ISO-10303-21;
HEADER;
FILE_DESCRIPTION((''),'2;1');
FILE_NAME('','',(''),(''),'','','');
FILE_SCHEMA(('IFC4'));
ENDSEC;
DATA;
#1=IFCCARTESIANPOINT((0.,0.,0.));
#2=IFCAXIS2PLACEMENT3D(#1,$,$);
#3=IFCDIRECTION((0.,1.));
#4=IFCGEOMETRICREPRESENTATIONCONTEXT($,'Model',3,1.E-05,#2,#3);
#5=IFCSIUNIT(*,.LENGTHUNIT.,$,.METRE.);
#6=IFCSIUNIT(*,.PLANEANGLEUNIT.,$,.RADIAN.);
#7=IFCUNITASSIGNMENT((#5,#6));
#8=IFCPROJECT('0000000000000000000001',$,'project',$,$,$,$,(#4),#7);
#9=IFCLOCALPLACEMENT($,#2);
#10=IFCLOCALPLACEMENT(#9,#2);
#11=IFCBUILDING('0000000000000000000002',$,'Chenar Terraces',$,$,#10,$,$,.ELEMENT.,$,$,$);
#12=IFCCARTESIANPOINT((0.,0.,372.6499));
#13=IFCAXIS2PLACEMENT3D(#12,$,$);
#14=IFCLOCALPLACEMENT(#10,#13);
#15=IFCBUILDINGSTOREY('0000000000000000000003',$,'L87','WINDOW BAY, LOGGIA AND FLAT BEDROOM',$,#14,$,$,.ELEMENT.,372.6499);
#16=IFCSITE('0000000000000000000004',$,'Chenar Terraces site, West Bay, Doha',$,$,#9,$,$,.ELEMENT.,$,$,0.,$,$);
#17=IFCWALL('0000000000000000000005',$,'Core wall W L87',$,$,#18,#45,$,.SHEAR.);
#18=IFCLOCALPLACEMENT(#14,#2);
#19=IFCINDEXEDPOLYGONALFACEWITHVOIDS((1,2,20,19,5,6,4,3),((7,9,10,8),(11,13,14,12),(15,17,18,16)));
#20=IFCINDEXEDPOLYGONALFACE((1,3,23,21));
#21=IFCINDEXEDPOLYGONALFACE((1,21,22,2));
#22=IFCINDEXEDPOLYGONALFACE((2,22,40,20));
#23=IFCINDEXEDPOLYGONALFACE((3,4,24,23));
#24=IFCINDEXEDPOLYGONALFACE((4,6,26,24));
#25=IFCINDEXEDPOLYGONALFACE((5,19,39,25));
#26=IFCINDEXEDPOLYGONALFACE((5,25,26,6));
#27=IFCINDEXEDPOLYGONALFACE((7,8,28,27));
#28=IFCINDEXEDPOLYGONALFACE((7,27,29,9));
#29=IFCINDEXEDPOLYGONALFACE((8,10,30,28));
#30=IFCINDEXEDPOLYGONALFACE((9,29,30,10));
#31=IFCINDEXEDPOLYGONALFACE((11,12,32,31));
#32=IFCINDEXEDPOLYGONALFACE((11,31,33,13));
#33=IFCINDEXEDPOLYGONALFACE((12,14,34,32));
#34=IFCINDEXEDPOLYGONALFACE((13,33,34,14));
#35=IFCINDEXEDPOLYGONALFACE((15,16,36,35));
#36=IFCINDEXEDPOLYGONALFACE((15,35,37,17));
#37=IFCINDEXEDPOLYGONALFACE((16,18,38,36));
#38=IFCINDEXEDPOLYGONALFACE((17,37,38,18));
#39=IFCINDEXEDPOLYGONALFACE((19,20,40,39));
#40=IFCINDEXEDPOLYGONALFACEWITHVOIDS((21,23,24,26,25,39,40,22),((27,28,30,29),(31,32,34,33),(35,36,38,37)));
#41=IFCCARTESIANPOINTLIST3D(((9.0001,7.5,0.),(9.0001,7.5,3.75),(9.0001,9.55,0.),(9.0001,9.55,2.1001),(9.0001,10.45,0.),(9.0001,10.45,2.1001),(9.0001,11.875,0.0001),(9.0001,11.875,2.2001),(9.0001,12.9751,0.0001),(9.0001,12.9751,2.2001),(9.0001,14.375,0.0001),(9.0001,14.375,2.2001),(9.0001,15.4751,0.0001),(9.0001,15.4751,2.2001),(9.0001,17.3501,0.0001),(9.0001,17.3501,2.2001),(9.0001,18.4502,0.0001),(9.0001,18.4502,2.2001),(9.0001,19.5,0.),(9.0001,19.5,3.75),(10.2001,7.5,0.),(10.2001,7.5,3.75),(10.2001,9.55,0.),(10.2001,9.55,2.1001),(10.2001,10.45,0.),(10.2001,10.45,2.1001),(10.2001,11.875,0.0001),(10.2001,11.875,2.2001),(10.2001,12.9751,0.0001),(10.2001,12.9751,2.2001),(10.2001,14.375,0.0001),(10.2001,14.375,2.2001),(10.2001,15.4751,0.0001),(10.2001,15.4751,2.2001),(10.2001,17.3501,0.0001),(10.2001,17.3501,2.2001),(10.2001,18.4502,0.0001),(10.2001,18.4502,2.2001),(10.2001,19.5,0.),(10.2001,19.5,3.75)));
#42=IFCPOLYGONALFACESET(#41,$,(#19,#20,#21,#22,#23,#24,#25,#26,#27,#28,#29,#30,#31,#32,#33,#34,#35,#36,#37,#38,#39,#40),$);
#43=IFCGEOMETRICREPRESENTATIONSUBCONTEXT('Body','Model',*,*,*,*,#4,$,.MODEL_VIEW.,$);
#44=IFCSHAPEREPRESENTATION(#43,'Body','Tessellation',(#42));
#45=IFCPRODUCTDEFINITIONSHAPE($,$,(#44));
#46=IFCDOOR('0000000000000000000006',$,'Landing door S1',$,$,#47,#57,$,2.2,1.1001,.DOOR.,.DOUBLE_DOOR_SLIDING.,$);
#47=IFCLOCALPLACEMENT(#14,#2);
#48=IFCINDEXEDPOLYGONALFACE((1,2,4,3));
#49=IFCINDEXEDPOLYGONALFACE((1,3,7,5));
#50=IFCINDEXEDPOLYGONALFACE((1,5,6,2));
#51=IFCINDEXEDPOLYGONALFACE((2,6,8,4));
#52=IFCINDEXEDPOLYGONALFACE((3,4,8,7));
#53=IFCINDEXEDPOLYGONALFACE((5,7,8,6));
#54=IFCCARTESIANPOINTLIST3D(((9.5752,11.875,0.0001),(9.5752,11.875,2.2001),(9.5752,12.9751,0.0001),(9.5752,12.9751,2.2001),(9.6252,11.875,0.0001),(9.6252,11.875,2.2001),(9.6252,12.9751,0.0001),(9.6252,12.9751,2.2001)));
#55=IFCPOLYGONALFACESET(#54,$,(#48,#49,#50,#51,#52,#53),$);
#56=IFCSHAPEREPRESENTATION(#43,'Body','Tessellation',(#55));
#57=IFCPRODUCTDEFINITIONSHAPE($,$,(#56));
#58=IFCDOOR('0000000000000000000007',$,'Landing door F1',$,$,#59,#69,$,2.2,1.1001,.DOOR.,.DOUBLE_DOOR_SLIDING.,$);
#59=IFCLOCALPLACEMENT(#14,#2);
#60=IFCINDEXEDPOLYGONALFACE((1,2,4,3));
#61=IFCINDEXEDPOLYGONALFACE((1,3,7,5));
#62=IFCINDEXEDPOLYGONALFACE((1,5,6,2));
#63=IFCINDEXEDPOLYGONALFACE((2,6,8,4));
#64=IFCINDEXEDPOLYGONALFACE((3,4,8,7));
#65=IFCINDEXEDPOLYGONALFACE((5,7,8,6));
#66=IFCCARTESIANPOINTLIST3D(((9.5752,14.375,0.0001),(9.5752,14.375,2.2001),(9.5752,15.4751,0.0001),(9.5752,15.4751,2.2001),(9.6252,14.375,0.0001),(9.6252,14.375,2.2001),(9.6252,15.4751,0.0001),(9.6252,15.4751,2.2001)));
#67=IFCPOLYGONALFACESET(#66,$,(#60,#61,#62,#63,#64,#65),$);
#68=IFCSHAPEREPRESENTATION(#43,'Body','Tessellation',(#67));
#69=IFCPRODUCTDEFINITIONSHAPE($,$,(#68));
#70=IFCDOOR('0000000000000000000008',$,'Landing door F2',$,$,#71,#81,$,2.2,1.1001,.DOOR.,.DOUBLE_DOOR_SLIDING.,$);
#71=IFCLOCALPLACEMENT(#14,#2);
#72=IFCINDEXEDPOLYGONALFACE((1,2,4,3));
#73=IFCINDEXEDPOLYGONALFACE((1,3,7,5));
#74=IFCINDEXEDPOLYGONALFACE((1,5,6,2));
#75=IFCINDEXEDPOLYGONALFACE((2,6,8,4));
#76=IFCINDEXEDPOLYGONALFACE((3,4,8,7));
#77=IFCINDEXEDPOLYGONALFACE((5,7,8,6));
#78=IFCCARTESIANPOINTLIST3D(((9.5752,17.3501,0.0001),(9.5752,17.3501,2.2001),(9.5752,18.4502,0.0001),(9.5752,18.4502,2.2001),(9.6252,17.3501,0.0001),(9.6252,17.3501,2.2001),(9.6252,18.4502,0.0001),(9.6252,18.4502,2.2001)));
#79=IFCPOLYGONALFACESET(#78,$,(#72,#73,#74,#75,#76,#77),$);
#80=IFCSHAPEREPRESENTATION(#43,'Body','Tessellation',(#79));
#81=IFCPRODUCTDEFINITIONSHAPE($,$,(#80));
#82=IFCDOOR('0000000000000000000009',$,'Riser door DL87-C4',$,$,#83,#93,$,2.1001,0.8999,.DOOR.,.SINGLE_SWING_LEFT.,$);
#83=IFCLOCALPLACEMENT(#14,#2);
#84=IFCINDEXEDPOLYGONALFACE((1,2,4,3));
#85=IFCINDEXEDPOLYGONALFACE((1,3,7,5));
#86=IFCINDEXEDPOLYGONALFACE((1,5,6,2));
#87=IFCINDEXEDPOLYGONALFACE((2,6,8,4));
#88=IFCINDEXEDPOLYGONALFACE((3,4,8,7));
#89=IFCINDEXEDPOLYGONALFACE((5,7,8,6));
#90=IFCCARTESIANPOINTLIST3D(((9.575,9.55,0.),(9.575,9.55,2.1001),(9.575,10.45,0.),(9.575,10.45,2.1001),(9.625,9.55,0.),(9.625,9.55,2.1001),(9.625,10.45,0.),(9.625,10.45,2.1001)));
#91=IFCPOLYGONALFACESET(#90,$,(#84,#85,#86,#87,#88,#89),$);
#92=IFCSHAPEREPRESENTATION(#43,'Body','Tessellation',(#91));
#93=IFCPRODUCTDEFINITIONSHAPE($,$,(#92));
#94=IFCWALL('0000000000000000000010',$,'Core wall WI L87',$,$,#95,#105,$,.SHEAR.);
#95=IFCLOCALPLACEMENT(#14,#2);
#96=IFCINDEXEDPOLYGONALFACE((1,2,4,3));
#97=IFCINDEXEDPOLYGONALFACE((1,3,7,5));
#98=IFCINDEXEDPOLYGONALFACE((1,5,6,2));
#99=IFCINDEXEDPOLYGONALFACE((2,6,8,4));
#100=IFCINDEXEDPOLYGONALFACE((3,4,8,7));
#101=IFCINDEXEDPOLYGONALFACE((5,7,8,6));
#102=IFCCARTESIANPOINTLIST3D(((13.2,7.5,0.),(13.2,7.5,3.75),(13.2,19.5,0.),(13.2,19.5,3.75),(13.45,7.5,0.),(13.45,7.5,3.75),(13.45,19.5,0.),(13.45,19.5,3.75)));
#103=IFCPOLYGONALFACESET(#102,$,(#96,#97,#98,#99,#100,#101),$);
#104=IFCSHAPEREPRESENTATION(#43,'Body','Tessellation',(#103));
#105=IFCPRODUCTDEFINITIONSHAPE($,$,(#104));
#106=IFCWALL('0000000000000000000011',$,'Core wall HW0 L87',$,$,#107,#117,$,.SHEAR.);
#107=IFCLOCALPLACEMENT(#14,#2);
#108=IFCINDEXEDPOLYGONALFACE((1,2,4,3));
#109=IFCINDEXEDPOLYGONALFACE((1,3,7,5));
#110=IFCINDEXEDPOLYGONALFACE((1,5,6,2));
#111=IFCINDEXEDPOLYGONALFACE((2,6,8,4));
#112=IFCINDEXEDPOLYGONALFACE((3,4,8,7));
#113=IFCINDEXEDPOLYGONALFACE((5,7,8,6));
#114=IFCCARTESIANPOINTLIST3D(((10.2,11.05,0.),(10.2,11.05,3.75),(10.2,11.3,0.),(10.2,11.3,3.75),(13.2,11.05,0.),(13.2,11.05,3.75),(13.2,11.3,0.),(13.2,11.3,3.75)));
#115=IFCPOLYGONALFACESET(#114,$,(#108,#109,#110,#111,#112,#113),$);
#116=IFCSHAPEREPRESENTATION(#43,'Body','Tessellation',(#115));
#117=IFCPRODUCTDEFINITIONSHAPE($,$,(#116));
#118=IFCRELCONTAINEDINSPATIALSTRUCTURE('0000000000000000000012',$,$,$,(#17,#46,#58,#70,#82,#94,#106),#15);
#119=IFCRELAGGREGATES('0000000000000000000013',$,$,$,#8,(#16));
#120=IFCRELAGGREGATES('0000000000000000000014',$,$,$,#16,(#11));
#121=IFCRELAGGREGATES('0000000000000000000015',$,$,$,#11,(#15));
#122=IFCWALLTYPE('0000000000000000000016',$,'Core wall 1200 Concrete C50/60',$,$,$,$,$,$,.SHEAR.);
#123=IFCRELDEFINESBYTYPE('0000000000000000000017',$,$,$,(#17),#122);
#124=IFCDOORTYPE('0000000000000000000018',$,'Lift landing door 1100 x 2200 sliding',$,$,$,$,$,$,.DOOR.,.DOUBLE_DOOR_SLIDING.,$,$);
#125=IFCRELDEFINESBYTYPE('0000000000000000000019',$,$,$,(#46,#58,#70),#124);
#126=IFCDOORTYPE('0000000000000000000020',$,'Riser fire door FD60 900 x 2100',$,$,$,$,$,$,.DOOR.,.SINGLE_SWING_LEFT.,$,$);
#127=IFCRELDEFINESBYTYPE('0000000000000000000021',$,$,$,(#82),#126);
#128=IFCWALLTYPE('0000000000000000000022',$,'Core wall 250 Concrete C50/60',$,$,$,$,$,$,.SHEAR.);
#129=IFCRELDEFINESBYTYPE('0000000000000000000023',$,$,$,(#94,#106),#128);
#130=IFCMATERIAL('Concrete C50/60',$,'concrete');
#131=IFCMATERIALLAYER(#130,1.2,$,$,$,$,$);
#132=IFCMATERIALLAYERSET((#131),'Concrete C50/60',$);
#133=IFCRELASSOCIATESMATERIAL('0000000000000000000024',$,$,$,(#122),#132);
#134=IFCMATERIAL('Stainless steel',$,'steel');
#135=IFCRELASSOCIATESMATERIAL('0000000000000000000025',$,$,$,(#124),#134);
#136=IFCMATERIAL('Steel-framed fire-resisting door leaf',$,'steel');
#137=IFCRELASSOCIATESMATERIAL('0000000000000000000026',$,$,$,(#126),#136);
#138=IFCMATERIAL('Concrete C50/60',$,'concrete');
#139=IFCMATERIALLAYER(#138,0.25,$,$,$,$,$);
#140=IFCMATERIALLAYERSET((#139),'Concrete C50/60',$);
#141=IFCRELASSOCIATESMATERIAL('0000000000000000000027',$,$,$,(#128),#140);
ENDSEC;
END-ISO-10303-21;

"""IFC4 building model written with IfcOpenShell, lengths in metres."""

from ifc_helpers import new_model, si_unit, direction, frame, frame_2d, origin, place, context, subcontext, project, spatial, rectangle, extrude, material, layer, layer_set, type_object, element, fill, save


model = new_model("IFC4")

# Units and contexts
model_context = context("Model", 3, precision=1e-05, world=origin(), true_north=direction((0.0, 1.0)))
body_context = subcontext(model_context, "Body", "Model", "MODEL_VIEW")
ifc_project = project(units=[si_unit("LENGTHUNIT", "METRE"), si_unit("PLANEANGLEUNIT", "RADIAN")], contexts=[model_context])

# Site, building, storey
site_placement = place(None, origin())
site = spatial("IfcSite", under=ifc_project, at=site_placement, Name="Chenar Terraces site, West Bay, Doha", CompositionType="ELEMENT", RefElevation=0.0)
building_placement = place(site_placement, origin())
building = spatial("IfcBuilding", under=site, at=building_placement, Name="Chenar Terraces", CompositionType="ELEMENT")
storey_placement = place(building_placement, frame((0.0, 0.0, 372.6499)))
storey = spatial("IfcBuildingStorey", under=building, at=storey_placement, Name="L87", Description="WINDOW BAY, LOGGIA AND FLAT BEDROOM", CompositionType="ELEMENT", Elevation=372.6499)

# Wall, openings, doors
ifc_material_1 = material(Name="Concrete C50/60", Category="concrete")
ifc_layer_1 = layer(ifc_material_1, 1.2)
ifc_layer_set_1 = layer_set([ifc_layer_1], Name="Concrete C50/60")
wall_type_1 = type_object("IfcWallType", Name="Core wall 1200 Concrete C50/60", PredefinedType="SHEAR", material=ifc_layer_set_1)
wall_1_placement = place(storey_placement, frame((9.6001, 7.5, 0.0), z_axis=(0.0, 0.0, 1.0), x_axis=(0.0, 1.0, 0.0)))
wall_1 = element("IfcWall", 1, at=wall_1_placement, inside=storey, type_object=wall_type_1, Name="Core wall W L87", PredefinedType="SHEAR", context=body_context, shape_type="SweptSolid", body=[
    extrude(rectangle(XDim=12.0, YDim=1.2, at=frame_2d((6.0, 0.0))), origin(), (0.0, 0.0, 1.0), 3.75),
])
opening_1_placement = place(wall_1_placement, frame((4.375, 0.0, 0.0)))
opening_1 = element("IfcOpeningElement", 2, at=opening_1_placement, cuts=wall_1, PredefinedType="OPENING", context=body_context, shape_type="SweptSolid", body=[
    extrude(rectangle(XDim=1.1001, YDim=2.2, at=frame_2d((0.55, 1.1001))), frame((0.0, 0.6099, 0.0), z_axis=(0.0, -1.0, 0.0), x_axis=(1.0, 0.0, 0.0)), (0.0, 0.0, 1.0), 1.22),
])
opening_2_placement = place(wall_1_placement, frame((6.875, 0.0, 0.0)))
opening_2 = element("IfcOpeningElement", 3, at=opening_2_placement, cuts=wall_1, PredefinedType="OPENING", context=body_context, shape_type="SweptSolid", body=[
    extrude(rectangle(XDim=1.1001, YDim=2.2, at=frame_2d((0.55, 1.1001))), frame((0.0, 0.6099, 0.0), z_axis=(0.0, -1.0, 0.0), x_axis=(1.0, 0.0, 0.0)), (0.0, 0.0, 1.0), 1.22),
])
opening_3_placement = place(wall_1_placement, frame((9.8501, 0.0, 0.0)))
opening_3 = element("IfcOpeningElement", 4, at=opening_3_placement, cuts=wall_1, PredefinedType="OPENING", context=body_context, shape_type="SweptSolid", body=[
    extrude(rectangle(XDim=1.1001, YDim=2.2, at=frame_2d((0.55, 1.1001))), frame((0.0, 0.6099, 0.0), z_axis=(0.0, -1.0, 0.0), x_axis=(1.0, 0.0, 0.0)), (0.0, 0.0, 1.0), 1.22),
])
opening_4_placement = place(wall_1_placement, frame((2.05, 0.0, 0.0)))
opening_4 = element("IfcOpeningElement", 5, at=opening_4_placement, cuts=wall_1, PredefinedType="OPENING", context=body_context, shape_type="SweptSolid", body=[
    extrude(rectangle(XDim=0.8999, YDim=2.1001, at=frame_2d((0.45, 1.05))), frame((0.0, 0.6099, 0.0), z_axis=(0.0, -1.0, 0.0), x_axis=(1.0, 0.0, 0.0)), (0.0, 0.0, 1.0), 1.22),
])
ifc_material_2 = material(Name="Stainless steel", Category="steel")
door_type_1 = type_object("IfcDoorType", Name="Lift landing door 1100 x 2200 sliding", OperationType="DOUBLE_DOOR_SLIDING", PredefinedType="DOOR", material=ifc_material_2)
door_1_placement = place(opening_1_placement, origin())
door_1 = element("IfcDoor", 6, at=door_1_placement, inside=storey, type_object=door_type_1, Name="Landing door S1", OperationType="DOUBLE_DOOR_SLIDING", OverallHeight=2.2, OverallWidth=1.1001, PredefinedType="DOOR", context=body_context, shape_type="SweptSolid", body=[
    extrude(rectangle(XDim=1.1001, YDim=2.2, at=frame_2d((0.55, 1.1001))), frame((0.0, 0.0249, 0.0), z_axis=(0.0, -1.0, 0.0), x_axis=(1.0, 0.0, 0.0)), (0.0, 0.0, 1.0), 0.05),
])
fill(opening_1, door_1)
door_2_placement = place(opening_2_placement, origin())
door_2 = element("IfcDoor", 7, at=door_2_placement, inside=storey, type_object=door_type_1, Name="Landing door F1", OperationType="DOUBLE_DOOR_SLIDING", OverallHeight=2.2, OverallWidth=1.1001, PredefinedType="DOOR", context=body_context, shape_type="SweptSolid", body=[
    extrude(rectangle(XDim=1.1001, YDim=2.2, at=frame_2d((0.55, 1.1001))), frame((0.0, 0.0249, 0.0), z_axis=(0.0, -1.0, 0.0), x_axis=(1.0, 0.0, 0.0)), (0.0, 0.0, 1.0), 0.05),
])
fill(opening_2, door_2)
door_3_placement = place(opening_3_placement, origin())
door_3 = element("IfcDoor", 8, at=door_3_placement, inside=storey, type_object=door_type_1, Name="Landing door F2", OperationType="DOUBLE_DOOR_SLIDING", OverallHeight=2.2, OverallWidth=1.1001, PredefinedType="DOOR", context=body_context, shape_type="SweptSolid", body=[
    extrude(rectangle(XDim=1.1001, YDim=2.2, at=frame_2d((0.55, 1.1001))), frame((0.0, 0.0249, 0.0), z_axis=(0.0, -1.0, 0.0), x_axis=(1.0, 0.0, 0.0)), (0.0, 0.0, 1.0), 0.05),
])
fill(opening_3, door_3)
ifc_material_3 = material(Name="Steel-framed fire-resisting door leaf", Category="steel")
door_type_2 = type_object("IfcDoorType", Name="Riser fire door FD60 900 x 2100", OperationType="SINGLE_SWING_LEFT", PredefinedType="DOOR", material=ifc_material_3)
door_4_placement = place(opening_4_placement, frame((0.8999, 0.0, 0.0), z_axis=(0.0, 0.0, 1.0), x_axis=(-1.0, 0.0, 0.0)))
door_4 = element("IfcDoor", 9, at=door_4_placement, inside=storey, type_object=door_type_2, Name="Riser door DL87-C4", OperationType="SINGLE_SWING_LEFT", OverallHeight=2.1001, OverallWidth=0.8999, PredefinedType="DOOR", context=body_context, shape_type="SweptSolid", body=[
    extrude(rectangle(XDim=0.8999, YDim=2.1001, at=frame_2d((0.45, 1.05))), frame((0.0, 0.0249, 0.0), z_axis=(0.0, -1.0, 0.0), x_axis=(1.0, 0.0, 0.0)), (0.0, 0.0, 1.0), 0.05),
])
fill(opening_4, door_4)

# Walls
ifc_material_4 = material(Name="Concrete C50/60", Category="concrete")
ifc_layer_2 = layer(ifc_material_4, 0.25)
ifc_layer_set_2 = layer_set([ifc_layer_2], Name="Concrete C50/60")
wall_type_2 = type_object("IfcWallType", Name="Core wall 250 Concrete C50/60", PredefinedType="SHEAR", material=ifc_layer_set_2)
wall_2_placement = place(storey_placement, frame((13.325, 7.5, 0.0), z_axis=(0.0, 0.0, 1.0), x_axis=(0.0, 1.0, 0.0)))
element("IfcWall", 10, at=wall_2_placement, inside=storey, type_object=wall_type_2, Name="Core wall WI L87", PredefinedType="SHEAR", context=body_context, shape_type="SweptSolid", body=[
    extrude(rectangle(XDim=12.0, YDim=0.25, at=frame_2d((6.0, 0.0))), origin(), (0.0, 0.0, 1.0), 3.75),
])
wall_3_placement = place(storey_placement, frame((10.2, 11.175, 0.0), z_axis=(0.0, 0.0, 1.0), x_axis=(1.0, 0.0, 0.0)))
element("IfcWall", 11, at=wall_3_placement, inside=storey, type_object=wall_type_2, Name="Core wall HW0 L87", PredefinedType="SHEAR", context=body_context, shape_type="SweptSolid", body=[
    extrude(rectangle(XDim=3.0, YDim=0.25, at=frame_2d((1.5, 0.0))), origin(), (0.0, 0.0, 1.0), 3.75),
])

save(model, "model.ifc")
